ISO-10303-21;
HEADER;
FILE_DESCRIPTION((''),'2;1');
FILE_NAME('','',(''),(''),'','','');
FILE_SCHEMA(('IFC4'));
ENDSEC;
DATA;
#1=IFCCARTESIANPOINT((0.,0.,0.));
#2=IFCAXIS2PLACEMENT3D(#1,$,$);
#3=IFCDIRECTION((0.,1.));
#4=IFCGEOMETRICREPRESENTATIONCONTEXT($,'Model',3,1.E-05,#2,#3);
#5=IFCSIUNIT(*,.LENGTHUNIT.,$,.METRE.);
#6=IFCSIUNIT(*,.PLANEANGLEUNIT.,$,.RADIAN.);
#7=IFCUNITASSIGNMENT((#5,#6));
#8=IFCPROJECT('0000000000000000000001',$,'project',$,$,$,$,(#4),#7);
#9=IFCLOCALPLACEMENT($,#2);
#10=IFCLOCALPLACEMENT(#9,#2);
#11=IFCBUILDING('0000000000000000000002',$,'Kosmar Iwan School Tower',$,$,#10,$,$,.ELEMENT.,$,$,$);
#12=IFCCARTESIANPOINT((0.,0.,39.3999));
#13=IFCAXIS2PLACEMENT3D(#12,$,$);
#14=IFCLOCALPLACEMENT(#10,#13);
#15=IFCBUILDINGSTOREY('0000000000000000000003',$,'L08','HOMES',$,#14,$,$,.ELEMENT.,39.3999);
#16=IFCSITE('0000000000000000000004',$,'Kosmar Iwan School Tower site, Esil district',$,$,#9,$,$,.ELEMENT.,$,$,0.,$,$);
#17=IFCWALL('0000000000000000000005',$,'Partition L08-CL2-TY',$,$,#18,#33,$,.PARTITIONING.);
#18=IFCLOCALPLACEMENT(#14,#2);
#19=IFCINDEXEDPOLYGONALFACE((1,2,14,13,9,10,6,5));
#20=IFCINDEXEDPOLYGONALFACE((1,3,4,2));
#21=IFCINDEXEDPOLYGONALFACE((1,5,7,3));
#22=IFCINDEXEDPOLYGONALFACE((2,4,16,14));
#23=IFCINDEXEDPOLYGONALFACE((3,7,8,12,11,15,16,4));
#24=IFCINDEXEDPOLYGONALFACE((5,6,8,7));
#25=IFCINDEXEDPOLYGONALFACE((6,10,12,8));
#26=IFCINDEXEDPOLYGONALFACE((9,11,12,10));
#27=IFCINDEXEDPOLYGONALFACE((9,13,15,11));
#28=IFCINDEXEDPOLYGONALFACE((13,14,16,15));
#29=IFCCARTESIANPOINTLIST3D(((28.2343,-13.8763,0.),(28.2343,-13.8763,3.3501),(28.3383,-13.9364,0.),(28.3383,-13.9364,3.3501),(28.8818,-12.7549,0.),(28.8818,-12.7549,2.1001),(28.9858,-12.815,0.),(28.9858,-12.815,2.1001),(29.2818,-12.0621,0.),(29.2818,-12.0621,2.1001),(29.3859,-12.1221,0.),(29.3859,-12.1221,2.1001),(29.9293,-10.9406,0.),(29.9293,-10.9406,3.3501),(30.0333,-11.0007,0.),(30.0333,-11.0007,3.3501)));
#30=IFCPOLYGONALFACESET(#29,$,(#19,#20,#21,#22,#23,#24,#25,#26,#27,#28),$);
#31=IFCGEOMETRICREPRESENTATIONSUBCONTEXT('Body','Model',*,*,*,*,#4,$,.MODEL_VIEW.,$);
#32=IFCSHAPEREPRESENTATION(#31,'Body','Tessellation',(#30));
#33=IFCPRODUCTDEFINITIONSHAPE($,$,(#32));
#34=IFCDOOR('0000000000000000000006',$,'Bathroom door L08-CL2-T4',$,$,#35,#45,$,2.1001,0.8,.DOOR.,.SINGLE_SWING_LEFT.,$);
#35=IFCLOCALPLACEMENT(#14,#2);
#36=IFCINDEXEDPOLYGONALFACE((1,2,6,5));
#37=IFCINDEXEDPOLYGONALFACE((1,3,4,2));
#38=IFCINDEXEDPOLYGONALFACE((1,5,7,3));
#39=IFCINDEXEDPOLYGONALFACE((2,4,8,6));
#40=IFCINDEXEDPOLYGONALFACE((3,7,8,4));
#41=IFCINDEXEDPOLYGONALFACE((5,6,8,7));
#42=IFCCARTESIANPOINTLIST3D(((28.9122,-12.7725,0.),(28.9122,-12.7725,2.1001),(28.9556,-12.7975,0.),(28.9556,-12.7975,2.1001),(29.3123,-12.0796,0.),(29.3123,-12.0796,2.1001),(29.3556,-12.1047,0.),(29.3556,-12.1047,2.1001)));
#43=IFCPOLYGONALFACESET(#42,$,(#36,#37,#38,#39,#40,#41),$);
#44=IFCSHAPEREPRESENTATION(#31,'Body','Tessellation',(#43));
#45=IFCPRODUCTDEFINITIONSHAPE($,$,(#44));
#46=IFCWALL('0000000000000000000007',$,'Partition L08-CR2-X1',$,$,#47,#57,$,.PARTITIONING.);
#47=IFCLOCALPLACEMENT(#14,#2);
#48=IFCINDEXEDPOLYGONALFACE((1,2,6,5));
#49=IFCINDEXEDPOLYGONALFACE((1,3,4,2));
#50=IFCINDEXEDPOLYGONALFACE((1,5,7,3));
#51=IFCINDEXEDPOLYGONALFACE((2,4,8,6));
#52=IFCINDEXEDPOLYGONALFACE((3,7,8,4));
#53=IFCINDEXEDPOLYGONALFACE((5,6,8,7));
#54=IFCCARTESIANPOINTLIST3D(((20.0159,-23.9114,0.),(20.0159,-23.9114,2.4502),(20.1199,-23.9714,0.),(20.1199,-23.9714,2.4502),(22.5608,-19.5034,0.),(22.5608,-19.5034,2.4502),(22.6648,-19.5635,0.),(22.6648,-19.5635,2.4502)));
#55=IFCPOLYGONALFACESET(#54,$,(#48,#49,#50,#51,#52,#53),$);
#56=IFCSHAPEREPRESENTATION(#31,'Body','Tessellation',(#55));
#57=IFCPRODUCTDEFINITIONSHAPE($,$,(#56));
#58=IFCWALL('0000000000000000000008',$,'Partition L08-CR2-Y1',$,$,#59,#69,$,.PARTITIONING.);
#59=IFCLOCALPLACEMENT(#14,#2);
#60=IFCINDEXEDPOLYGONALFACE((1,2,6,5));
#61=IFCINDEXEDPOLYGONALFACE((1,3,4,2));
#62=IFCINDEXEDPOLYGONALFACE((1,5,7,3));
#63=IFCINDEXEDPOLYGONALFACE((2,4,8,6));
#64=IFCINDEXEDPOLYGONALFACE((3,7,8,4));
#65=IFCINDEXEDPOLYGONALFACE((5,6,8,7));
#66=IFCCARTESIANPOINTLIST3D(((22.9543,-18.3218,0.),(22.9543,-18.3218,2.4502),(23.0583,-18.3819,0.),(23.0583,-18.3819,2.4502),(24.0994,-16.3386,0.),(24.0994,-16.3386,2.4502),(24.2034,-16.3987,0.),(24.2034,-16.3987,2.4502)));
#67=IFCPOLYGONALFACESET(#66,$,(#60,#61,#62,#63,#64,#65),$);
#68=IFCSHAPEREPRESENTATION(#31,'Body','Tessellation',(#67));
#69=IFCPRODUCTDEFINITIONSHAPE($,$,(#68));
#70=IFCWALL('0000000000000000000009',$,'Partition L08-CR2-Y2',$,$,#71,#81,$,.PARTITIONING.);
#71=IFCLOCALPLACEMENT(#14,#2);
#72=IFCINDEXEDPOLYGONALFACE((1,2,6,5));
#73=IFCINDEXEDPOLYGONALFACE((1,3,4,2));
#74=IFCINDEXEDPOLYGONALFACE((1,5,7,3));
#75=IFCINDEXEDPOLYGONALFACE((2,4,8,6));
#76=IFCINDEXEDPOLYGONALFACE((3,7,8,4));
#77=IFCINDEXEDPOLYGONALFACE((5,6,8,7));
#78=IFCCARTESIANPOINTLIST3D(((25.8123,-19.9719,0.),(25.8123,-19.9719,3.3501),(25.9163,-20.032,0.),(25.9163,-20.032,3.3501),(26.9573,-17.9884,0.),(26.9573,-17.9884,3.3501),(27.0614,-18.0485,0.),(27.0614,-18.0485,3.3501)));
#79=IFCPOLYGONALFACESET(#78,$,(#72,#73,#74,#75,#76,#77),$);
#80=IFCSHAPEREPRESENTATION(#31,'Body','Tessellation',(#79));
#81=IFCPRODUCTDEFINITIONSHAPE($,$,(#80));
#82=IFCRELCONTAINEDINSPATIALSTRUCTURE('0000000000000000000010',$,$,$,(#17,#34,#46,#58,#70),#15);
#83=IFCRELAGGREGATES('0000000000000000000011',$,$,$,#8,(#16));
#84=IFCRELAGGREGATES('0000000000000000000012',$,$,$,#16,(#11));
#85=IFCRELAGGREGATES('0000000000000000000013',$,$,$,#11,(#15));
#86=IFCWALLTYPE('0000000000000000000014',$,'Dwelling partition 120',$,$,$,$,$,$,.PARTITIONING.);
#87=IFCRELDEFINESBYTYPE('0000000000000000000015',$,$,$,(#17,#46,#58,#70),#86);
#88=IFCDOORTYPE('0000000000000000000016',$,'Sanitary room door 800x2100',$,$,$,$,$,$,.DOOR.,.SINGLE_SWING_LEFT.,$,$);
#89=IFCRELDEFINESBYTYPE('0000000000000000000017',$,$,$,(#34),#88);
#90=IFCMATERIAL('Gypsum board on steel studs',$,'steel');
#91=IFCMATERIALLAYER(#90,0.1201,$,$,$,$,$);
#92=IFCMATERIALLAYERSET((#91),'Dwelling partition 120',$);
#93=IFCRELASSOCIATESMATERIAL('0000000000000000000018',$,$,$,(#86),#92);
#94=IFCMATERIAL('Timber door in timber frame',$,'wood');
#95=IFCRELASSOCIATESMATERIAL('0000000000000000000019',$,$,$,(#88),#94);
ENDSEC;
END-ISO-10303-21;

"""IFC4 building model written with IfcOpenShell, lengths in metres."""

from ifc_helpers import new_model, si_unit, direction, frame, frame_2d, origin, place, context, subcontext, project, spatial, rectangle, extrude, material, layer, layer_set, type_object, element, fill, save


model = new_model("IFC4")

# Units and contexts
model_context = context("Model", 3, precision=1e-05, world=origin(), true_north=direction((0.0, 1.0)))
body_context = subcontext(model_context, "Body", "Model", "MODEL_VIEW")
ifc_project = project(units=[si_unit("LENGTHUNIT", "METRE"), si_unit("PLANEANGLEUNIT", "RADIAN")], contexts=[model_context])

# Site, building, storey
site_placement = place(None, origin())
site = spatial("IfcSite", under=ifc_project, at=site_placement, Name="Kosmar Iwan School Tower site, Esil district", CompositionType="ELEMENT", RefElevation=0.0)
building_placement = place(site_placement, origin())
building = spatial("IfcBuilding", under=site, at=building_placement, Name="Kosmar Iwan School Tower", CompositionType="ELEMENT")
storey_placement = place(building_placement, frame((0.0, 0.0, 39.3999)))
storey = spatial("IfcBuildingStorey", under=building, at=storey_placement, Name="L08", Description="HOMES", CompositionType="ELEMENT", Elevation=39.3999)

# Wall, opening, door
ifc_material_1 = material(Name="Gypsum board on steel studs", Category="steel")
ifc_layer_1 = layer(ifc_material_1, 0.1201)
ifc_layer_set_1 = layer_set([ifc_layer_1], Name="Dwelling partition 120")
wall_type_1 = type_object("IfcWallType", Name="Dwelling partition 120", PredefinedType="PARTITIONING", material=ifc_layer_set_1)
wall_1_placement = place(storey_placement, frame((28.2864, -13.9062, 0.0), z_axis=(0.0, 0.0, 1.0), x_axis=(0.50002, 0.866014, 0.0)))
wall_1 = element("IfcWall", 1, at=wall_1_placement, inside=storey, type_object=wall_type_1, Name="Partition L08-CL2-TY", PredefinedType="PARTITIONING", context=body_context, shape_type="SweptSolid", body=[
    extrude(rectangle(XDim=3.3899, YDim=0.1201, at=frame_2d((1.6948, 0.0))), origin(), (0.0, 0.0, 1.0), 3.3501),
])
opening_1_placement = place(wall_1_placement, frame((1.2949, 0.0, 0.0)))
opening_1 = element("IfcOpeningElement", 2, at=opening_1_placement, cuts=wall_1, PredefinedType="OPENING", context=body_context, shape_type="SweptSolid", body=[
    extrude(rectangle(XDim=0.8, YDim=2.1001, at=frame_2d((0.3999, 1.05))), frame((0.0, 0.072, 0.0), z_axis=(0.0, -1.0, 0.0), x_axis=(1.0, 0.0, 0.0)), (0.0, 0.0, 1.0), 0.144),
])
ifc_material_2 = material(Name="Timber door in timber frame", Category="wood")
door_type_1 = type_object("IfcDoorType", Name="Sanitary room door 800x2100", OperationType="SINGLE_SWING_LEFT", PredefinedType="DOOR", material=ifc_material_2)
door_1_placement = place(opening_1_placement, origin())
door_1 = element("IfcDoor", 3, at=door_1_placement, inside=storey, type_object=door_type_1, Name="Bathroom door L08-CL2-T4", OperationType="SINGLE_SWING_LEFT", OverallHeight=2.1001, OverallWidth=0.8, PredefinedType="DOOR", context=body_context, shape_type="SweptSolid", body=[
    extrude(rectangle(XDim=0.8, YDim=2.1001, at=frame_2d((0.3999, 1.05))), frame((0.0, 0.0249, 0.0), z_axis=(0.0, -1.0, 0.0), x_axis=(1.0, 0.0, 0.0)), (0.0, 0.0, 1.0), 0.05),
])
fill(opening_1, door_1)

# Walls
wall_2_placement = place(storey_placement, frame((22.6128, -19.5334, 0.0), z_axis=(0.0, 0.0, 1.0), x_axis=(-0.499998, -0.866027, 0.0)))
element("IfcWall", 4, at=wall_2_placement, inside=storey, type_object=wall_type_1, Name="Partition L08-CR2-X1", PredefinedType="PARTITIONING", context=body_context, shape_type="SweptSolid", body=[
    extrude(rectangle(XDim=5.0898, YDim=0.1201, at=frame_2d((2.5449, 0.0))), origin(), (0.0, 0.0, 1.0), 2.4502),
])
wall_3_placement = place(storey_placement, frame((24.1514, -16.3687, 0.0), z_axis=(0.0, 0.0, 1.0), x_axis=(-0.500015, -0.866017, 0.0)))
element("IfcWall", 5, at=wall_3_placement, inside=storey, type_object=wall_type_1, Name="Partition L08-CR2-Y1", PredefinedType="PARTITIONING", context=body_context, shape_type="SweptSolid", body=[
    extrude(rectangle(XDim=2.29, YDim=0.1201, at=frame_2d((1.145, 0.0))), origin(), (0.0, 0.0, 1.0), 2.4502),
])
wall_4_placement = place(storey_placement, frame((27.0093, -18.0186, 0.0), z_axis=(0.0, 0.0, 1.0), x_axis=(-0.499969, -0.866044, 0.0)))
element("IfcWall", 6, at=wall_4_placement, inside=storey, type_object=wall_type_1, Name="Partition L08-CR2-Y2", PredefinedType="PARTITIONING", context=body_context, shape_type="SweptSolid", body=[
    extrude(rectangle(XDim=2.2903, YDim=0.1201, at=frame_2d((1.145, 0.0))), origin(), (0.0, 0.0, 1.0), 3.3501),
])

save(model, "model.ifc")
